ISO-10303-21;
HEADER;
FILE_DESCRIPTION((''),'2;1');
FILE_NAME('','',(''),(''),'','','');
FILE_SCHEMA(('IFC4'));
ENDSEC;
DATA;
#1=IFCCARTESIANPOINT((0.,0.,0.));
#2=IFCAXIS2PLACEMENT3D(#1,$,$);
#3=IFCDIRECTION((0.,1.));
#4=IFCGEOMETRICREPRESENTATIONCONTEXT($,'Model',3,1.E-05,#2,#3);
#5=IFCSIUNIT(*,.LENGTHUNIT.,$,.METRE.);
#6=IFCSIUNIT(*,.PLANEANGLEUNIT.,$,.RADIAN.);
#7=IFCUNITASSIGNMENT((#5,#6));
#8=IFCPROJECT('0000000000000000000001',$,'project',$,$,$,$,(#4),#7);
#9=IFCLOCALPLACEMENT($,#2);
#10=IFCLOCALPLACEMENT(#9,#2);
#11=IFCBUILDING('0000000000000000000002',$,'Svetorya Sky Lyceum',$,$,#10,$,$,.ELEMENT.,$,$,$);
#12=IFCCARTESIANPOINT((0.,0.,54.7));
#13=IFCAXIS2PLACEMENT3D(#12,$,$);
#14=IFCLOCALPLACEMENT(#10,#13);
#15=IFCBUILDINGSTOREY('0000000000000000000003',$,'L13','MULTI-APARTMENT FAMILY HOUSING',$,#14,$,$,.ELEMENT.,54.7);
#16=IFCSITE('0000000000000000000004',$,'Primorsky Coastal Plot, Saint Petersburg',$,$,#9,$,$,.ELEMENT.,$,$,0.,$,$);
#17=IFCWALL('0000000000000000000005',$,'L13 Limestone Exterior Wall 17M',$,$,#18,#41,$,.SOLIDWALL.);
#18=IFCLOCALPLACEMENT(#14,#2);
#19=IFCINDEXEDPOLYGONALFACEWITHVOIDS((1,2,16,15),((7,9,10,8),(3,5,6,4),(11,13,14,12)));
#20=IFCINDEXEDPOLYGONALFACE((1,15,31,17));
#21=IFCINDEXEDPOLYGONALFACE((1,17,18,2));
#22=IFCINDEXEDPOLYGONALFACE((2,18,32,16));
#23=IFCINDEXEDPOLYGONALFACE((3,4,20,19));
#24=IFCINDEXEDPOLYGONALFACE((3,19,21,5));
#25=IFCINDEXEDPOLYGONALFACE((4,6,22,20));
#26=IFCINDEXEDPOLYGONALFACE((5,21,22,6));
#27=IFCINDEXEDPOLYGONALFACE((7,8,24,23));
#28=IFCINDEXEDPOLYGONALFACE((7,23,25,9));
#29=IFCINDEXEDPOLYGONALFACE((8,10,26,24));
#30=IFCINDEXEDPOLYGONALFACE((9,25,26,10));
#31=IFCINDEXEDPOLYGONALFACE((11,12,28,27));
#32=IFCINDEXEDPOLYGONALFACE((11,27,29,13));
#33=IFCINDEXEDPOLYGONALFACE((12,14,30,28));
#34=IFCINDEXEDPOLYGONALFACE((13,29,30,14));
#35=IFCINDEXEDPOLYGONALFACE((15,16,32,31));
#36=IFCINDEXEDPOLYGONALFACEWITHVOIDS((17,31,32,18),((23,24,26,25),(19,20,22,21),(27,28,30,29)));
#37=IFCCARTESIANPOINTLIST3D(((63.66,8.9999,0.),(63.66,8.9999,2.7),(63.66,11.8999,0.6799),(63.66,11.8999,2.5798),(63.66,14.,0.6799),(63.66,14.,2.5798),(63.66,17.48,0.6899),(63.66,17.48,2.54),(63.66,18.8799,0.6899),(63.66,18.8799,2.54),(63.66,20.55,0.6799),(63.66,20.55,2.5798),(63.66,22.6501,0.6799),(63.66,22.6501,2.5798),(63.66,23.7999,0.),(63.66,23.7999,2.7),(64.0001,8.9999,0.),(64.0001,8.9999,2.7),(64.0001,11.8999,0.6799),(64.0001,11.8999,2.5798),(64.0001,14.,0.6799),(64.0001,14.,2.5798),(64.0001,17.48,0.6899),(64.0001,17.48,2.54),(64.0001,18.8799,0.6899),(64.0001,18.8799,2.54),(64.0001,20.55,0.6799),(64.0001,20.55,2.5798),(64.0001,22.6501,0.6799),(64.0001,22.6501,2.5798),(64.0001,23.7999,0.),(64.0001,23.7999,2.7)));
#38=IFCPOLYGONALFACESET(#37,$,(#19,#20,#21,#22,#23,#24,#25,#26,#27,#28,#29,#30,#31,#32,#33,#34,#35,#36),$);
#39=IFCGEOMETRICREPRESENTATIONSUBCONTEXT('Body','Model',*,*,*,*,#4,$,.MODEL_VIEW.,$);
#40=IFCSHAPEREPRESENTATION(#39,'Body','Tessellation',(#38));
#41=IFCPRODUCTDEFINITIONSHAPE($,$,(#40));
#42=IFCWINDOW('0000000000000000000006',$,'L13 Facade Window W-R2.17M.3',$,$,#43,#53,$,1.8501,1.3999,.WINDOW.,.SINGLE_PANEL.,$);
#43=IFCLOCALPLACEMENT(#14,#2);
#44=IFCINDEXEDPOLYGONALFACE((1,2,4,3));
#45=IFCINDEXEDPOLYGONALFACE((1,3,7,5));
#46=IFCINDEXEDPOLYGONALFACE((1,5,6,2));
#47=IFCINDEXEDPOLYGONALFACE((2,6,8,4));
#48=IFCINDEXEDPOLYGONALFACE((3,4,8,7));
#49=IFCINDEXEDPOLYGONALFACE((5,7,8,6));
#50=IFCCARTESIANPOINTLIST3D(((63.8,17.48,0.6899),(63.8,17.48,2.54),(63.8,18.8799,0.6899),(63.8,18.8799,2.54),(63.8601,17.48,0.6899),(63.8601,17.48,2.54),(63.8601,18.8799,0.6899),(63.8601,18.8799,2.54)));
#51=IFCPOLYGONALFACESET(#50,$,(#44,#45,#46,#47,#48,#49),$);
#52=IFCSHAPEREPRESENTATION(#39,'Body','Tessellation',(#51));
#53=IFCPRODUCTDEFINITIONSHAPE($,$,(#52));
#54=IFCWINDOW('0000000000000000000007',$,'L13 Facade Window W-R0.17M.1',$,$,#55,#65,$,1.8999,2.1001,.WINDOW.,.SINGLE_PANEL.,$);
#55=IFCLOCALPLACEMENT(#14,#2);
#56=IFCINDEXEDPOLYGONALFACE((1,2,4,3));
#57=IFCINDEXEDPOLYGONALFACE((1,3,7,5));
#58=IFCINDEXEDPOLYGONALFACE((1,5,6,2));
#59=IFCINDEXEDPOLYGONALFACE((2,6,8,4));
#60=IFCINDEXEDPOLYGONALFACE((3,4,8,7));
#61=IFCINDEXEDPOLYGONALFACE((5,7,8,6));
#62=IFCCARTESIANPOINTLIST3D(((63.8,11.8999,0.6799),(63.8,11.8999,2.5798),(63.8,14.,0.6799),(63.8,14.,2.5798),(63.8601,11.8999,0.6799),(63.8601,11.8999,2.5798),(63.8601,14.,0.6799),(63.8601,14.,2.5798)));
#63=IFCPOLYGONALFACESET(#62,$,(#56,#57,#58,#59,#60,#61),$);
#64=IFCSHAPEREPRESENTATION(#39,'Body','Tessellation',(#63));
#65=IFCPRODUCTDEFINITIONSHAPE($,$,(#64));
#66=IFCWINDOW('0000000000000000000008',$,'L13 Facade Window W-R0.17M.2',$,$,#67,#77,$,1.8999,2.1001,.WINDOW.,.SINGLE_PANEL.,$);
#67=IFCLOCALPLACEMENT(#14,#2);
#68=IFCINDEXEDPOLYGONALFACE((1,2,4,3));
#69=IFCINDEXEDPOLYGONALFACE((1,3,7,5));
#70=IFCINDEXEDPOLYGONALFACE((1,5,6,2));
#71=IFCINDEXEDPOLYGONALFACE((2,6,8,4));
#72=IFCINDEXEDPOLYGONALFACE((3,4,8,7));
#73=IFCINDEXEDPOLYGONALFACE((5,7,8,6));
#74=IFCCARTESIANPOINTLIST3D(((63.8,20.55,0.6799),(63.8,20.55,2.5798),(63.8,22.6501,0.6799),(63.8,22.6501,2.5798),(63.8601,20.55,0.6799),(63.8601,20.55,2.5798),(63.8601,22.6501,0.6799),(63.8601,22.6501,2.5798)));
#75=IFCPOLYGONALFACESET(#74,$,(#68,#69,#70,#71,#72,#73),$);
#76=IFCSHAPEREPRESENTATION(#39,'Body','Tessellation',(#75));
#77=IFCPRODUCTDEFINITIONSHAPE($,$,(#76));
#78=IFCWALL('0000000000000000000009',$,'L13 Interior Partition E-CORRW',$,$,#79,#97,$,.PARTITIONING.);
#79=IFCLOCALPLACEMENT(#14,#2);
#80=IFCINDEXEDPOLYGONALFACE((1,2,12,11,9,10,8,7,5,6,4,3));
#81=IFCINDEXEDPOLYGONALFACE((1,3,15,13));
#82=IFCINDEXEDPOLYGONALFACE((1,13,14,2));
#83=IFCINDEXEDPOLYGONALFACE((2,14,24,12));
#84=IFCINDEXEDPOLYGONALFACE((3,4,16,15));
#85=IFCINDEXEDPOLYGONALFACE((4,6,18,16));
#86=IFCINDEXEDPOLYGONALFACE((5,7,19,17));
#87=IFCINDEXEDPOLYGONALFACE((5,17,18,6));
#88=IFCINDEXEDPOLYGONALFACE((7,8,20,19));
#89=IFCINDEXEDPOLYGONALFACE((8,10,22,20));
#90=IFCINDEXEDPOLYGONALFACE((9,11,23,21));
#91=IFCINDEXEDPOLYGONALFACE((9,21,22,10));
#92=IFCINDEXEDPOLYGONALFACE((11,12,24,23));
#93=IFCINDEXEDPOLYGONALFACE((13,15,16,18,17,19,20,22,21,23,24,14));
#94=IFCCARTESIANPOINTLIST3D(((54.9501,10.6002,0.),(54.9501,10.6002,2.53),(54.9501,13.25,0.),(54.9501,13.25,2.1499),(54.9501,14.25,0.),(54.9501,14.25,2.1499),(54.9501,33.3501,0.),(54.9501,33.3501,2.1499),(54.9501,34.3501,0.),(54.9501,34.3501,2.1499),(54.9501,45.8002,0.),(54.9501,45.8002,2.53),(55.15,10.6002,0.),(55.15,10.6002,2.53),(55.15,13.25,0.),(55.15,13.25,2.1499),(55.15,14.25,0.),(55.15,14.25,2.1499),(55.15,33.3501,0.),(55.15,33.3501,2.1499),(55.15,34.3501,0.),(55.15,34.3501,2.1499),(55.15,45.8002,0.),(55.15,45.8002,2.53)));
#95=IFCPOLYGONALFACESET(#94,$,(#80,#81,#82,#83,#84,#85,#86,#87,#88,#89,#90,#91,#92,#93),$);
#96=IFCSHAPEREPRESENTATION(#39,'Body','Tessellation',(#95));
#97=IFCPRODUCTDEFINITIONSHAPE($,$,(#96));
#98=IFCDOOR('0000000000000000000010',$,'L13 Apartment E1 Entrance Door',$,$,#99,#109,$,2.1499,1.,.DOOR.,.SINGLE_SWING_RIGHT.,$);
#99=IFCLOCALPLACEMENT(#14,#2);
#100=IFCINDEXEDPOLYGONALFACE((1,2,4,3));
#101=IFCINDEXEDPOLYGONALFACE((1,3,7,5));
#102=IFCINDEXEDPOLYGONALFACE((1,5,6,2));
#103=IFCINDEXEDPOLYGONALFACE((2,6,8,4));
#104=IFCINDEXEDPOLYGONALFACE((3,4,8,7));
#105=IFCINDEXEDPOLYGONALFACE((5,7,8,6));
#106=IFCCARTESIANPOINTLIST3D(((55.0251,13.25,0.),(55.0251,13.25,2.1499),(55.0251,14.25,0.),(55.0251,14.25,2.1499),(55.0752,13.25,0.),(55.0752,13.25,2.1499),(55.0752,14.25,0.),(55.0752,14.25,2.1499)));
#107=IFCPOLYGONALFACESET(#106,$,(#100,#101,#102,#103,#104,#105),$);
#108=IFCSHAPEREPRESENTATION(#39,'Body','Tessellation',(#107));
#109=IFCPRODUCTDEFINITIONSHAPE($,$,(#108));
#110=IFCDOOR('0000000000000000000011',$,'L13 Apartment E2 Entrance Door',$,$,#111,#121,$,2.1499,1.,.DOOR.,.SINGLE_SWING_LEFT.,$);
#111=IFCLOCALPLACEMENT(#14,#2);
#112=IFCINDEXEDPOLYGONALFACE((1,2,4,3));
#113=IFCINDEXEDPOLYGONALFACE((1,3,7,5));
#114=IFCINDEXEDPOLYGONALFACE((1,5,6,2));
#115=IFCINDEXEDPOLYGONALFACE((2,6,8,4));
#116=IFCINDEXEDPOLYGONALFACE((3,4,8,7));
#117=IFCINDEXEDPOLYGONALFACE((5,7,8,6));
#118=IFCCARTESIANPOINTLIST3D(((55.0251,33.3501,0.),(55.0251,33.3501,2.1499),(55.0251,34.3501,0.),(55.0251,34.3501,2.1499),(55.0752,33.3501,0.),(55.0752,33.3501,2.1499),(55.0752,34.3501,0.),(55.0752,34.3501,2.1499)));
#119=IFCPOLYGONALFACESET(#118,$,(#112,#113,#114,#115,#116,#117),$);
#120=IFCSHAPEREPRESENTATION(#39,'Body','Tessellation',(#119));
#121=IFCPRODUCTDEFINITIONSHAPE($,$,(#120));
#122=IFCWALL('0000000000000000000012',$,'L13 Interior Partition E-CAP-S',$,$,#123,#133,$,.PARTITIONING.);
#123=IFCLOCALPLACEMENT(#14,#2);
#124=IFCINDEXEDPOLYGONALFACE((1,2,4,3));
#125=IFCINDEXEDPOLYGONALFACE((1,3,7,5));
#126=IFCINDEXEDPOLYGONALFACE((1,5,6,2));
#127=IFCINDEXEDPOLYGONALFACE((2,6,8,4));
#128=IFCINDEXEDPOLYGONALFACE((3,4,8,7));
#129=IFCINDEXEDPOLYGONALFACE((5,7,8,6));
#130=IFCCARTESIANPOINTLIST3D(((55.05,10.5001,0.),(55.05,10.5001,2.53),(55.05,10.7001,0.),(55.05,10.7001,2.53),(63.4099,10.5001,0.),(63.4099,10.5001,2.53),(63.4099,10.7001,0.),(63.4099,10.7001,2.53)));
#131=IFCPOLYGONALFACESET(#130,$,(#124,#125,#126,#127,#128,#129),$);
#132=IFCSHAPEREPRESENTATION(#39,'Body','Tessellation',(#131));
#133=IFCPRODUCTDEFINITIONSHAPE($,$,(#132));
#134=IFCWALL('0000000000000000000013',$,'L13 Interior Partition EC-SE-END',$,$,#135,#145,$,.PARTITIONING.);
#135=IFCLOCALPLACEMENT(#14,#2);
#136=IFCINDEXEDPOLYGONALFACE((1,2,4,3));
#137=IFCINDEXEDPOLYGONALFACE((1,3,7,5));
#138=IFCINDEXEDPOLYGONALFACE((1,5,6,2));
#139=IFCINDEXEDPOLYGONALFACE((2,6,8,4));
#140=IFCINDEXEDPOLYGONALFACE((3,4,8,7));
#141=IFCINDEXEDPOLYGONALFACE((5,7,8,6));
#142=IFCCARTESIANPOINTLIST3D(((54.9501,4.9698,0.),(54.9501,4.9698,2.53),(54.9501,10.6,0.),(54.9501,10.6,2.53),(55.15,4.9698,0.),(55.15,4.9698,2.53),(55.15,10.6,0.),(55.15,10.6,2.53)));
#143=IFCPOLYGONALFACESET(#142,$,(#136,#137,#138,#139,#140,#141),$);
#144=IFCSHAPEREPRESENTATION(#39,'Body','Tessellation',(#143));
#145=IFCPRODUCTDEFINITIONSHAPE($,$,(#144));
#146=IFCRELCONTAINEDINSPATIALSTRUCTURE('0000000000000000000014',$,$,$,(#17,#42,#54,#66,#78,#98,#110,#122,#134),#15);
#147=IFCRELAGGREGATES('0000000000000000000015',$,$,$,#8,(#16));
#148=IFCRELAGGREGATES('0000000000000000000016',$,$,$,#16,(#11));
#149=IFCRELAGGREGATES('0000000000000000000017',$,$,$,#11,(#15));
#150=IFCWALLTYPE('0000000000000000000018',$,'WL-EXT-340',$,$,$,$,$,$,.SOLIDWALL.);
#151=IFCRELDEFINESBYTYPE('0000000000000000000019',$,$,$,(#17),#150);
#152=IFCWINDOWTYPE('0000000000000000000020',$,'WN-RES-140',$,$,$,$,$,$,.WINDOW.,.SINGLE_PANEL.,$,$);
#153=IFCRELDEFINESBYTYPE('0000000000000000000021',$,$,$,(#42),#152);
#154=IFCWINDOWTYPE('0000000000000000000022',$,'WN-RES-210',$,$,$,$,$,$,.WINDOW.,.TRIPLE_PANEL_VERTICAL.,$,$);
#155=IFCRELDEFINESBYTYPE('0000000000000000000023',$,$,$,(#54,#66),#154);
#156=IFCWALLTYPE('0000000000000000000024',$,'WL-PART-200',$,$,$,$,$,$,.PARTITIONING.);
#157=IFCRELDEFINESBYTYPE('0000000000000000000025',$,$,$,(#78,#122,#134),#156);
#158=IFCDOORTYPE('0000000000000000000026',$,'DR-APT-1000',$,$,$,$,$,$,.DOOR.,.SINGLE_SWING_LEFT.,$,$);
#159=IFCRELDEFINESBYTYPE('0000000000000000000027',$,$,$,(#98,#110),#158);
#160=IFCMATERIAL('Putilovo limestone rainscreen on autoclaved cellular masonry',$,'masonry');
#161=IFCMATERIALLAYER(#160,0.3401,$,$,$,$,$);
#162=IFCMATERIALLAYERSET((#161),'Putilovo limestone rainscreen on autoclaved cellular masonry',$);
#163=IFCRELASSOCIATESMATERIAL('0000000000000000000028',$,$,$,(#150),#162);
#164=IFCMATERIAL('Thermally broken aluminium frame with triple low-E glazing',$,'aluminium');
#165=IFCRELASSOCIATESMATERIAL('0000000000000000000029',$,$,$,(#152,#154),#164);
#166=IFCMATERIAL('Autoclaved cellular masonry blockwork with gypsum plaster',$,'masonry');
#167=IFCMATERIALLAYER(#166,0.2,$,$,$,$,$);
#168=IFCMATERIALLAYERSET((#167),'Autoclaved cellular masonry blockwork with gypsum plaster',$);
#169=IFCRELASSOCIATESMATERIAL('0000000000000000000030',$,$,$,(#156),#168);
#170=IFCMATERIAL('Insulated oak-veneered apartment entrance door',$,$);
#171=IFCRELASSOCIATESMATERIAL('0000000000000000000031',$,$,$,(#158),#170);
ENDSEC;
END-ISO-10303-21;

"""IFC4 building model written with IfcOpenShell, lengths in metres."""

from ifc_helpers import new_model, si_unit, direction, frame, frame_2d, origin, place, context, subcontext, project, spatial, rectangle, extrude, material, layer, layer_set, type_object, element, fill, save


model = new_model("IFC4")

# Units and contexts
model_context = context("Model", 3, precision=1e-05, world=origin(), true_north=direction((0.0, 1.0)))
body_context = subcontext(model_context, "Body", "Model", "MODEL_VIEW")
ifc_project = project(units=[si_unit("LENGTHUNIT", "METRE"), si_unit("PLANEANGLEUNIT", "RADIAN")], contexts=[model_context])

# Site, building, storey
site_placement = place(None, origin())
site = spatial("IfcSite", under=ifc_project, at=site_placement, Name="Primorsky Coastal Plot, Saint Petersburg", CompositionType="ELEMENT", RefElevation=0.0)
building_placement = place(site_placement, origin())
building = spatial("IfcBuilding", under=site, at=building_placement, Name="Svetorya Sky Lyceum", CompositionType="ELEMENT")
storey_placement = place(building_placement, frame((0.0, 0.0, 54.7)))
storey = spatial("IfcBuildingStorey", under=building, at=storey_placement, Name="L13", Description="MULTI-APARTMENT FAMILY HOUSING", CompositionType="ELEMENT", Elevation=54.7)

# Shared definitions
ifc_material_1 = material(Name="Putilovo limestone rainscreen on autoclaved cellular masonry", Category="masonry")
ifc_layer_1 = layer(ifc_material_1, 0.3401)
ifc_layer_set_1 = layer_set([ifc_layer_1], Name="Putilovo limestone rainscreen on autoclaved cellular masonry")
wall_type_1 = type_object("IfcWallType", Name="WL-EXT-340", PredefinedType="SOLIDWALL", material=ifc_layer_set_1)

# Wall, openings, windows
wall_1_placement = place(storey_placement, frame((63.8301, 9.0, 0.0), z_axis=(0.0, 0.0, 1.0), x_axis=(0.0, 1.0, 0.0)))
wall_1 = element("IfcWall", 1, at=wall_1_placement, inside=storey, type_object=wall_type_1, Name="L13 Limestone Exterior Wall 17M", PredefinedType="SOLIDWALL", context=body_context, shape_type="SweptSolid", body=[
    extrude(rectangle(XDim=14.8, YDim=0.3401, at=frame_2d((7.3999, 0.0))), origin(), (0.0, 0.0, 1.0), 2.7),
])
opening_1_placement = place(wall_1_placement, frame((2.8999, 0.0, 0.6799)))
opening_1 = element("IfcOpeningElement", 2, at=opening_1_placement, cuts=wall_1, PredefinedType="OPENING", context=body_context, shape_type="SweptSolid", body=[
    extrude(rectangle(XDim=2.1001, YDim=1.8999, at=frame_2d((1.05, 0.95))), frame((0.0, 0.1799, 0.0), z_axis=(0.0, -1.0, 0.0), x_axis=(1.0, 0.0, 0.0)), (0.0, 0.0, 1.0), 0.3601),
])
opening_2_placement = place(wall_1_placement, frame((8.48, 0.0, 0.6899)))
opening_2 = element("IfcOpeningElement", 3, at=opening_2_placement, cuts=wall_1, PredefinedType="OPENING", context=body_context, shape_type="SweptSolid", body=[
    extrude(rectangle(XDim=1.3999, YDim=1.8501, at=frame_2d((0.7, 0.925))), frame((0.0, 0.1799, 0.0), z_axis=(0.0, -1.0, 0.0), x_axis=(1.0, 0.0, 0.0)), (0.0, 0.0, 1.0), 0.3601),
])
opening_3_placement = place(wall_1_placement, frame((11.55, 0.0, 0.6799)))
opening_3 = element("IfcOpeningElement", 4, at=opening_3_placement, cuts=wall_1, PredefinedType="OPENING", context=body_context, shape_type="SweptSolid", body=[
    extrude(rectangle(XDim=2.1001, YDim=1.8999, at=frame_2d((1.05, 0.95))), frame((0.0, 0.1799, 0.0), z_axis=(0.0, -1.0, 0.0), x_axis=(1.0, 0.0, 0.0)), (0.0, 0.0, 1.0), 0.3601),
])
ifc_material_2 = material(Name="Thermally broken aluminium frame with triple low-E glazing", Category="aluminium")
window_type_1 = type_object("IfcWindowType", Name="WN-RES-140", PartitioningType="SINGLE_PANEL", PredefinedType="WINDOW", material=ifc_material_2)
window_1_placement = place(opening_2_placement, origin())
window_1 = element("IfcWindow", 5, at=window_1_placement, inside=storey, type_object=window_type_1, Name="L13 Facade Window W-R2.17M.3", OverallHeight=1.8501, OverallWidth=1.3999, PartitioningType="SINGLE_PANEL", PredefinedType="WINDOW", context=body_context, shape_type="SweptSolid", body=[
    extrude(rectangle(XDim=1.3999, YDim=1.8501, at=frame_2d((0.7, 0.925))), frame((0.0, 0.03, 0.0), z_axis=(0.0, -1.0, 0.0), x_axis=(1.0, 0.0, 0.0)), (0.0, 0.0, 1.0), 0.0601),
])
fill(opening_2, window_1)
window_type_2 = type_object("IfcWindowType", Name="WN-RES-210", PartitioningType="TRIPLE_PANEL_VERTICAL", PredefinedType="WINDOW", material=ifc_material_2)
window_2_placement = place(opening_1_placement, origin())
window_2 = element("IfcWindow", 6, at=window_2_placement, inside=storey, type_object=window_type_2, Name="L13 Facade Window W-R0.17M.1", OverallHeight=1.8999, OverallWidth=2.1001, PartitioningType="SINGLE_PANEL", PredefinedType="WINDOW", context=body_context, shape_type="SweptSolid", body=[
    extrude(rectangle(XDim=2.1001, YDim=1.8999, at=frame_2d((1.05, 0.95))), frame((0.0, 0.03, 0.0), z_axis=(0.0, -1.0, 0.0), x_axis=(1.0, 0.0, 0.0)), (0.0, 0.0, 1.0), 0.0601),
])
fill(opening_1, window_2)
window_3_placement = place(opening_3_placement, origin())
window_3 = element("IfcWindow", 7, at=window_3_placement, inside=storey, type_object=window_type_2, Name="L13 Facade Window W-R0.17M.2", OverallHeight=1.8999, OverallWidth=2.1001, PartitioningType="SINGLE_PANEL", PredefinedType="WINDOW", context=body_context, shape_type="SweptSolid", body=[
    extrude(rectangle(XDim=2.1001, YDim=1.8999, at=frame_2d((1.05, 0.95))), frame((0.0, 0.03, 0.0), z_axis=(0.0, -1.0, 0.0), x_axis=(1.0, 0.0, 0.0)), (0.0, 0.0, 1.0), 0.0601),
])
fill(opening_3, window_3)

# Wall, openings, doors
ifc_material_3 = material(Name="Autoclaved cellular masonry blockwork with gypsum plaster", Category="masonry")
ifc_layer_2 = layer(ifc_material_3, 0.2)
ifc_layer_set_2 = layer_set([ifc_layer_2], Name="Autoclaved cellular masonry blockwork with gypsum plaster")
wall_type_2 = type_object("IfcWallType", Name="WL-PART-200", PredefinedType="PARTITIONING", material=ifc_layer_set_2)
wall_2_placement = place(storey_placement, frame((55.05, 10.6001, 0.0), z_axis=(0.0, 0.0, 1.0), x_axis=(0.0, 1.0, 0.0)))
wall_2 = element("IfcWall", 8, at=wall_2_placement, inside=storey, type_object=wall_type_2, Name="L13 Interior Partition E-CORRW", PredefinedType="PARTITIONING", context=body_context, shape_type="SweptSolid", body=[
    extrude(rectangle(XDim=35.2, YDim=0.2, at=frame_2d((17.6001, 0.0))), origin(), (0.0, 0.0, 1.0), 2.53),
])
opening_4_placement = place(wall_2_placement, frame((2.6499, 0.0, 0.0)))
opening_4 = element("IfcOpeningElement", 9, at=opening_4_placement, cuts=wall_2, PredefinedType="OPENING", context=body_context, shape_type="SweptSolid", body=[
    extrude(rectangle(XDim=1.0, YDim=2.1499, at=frame_2d((0.5, 1.075))), frame((0.0, 0.1099, 0.0), z_axis=(0.0, -1.0, 0.0), x_axis=(1.0, 0.0, 0.0)), (0.0, 0.0, 1.0), 0.22),
])
opening_5_placement = place(wall_2_placement, frame((22.75, 0.0, 0.0)))
opening_5 = element("IfcOpeningElement", 10, at=opening_5_placement, cuts=wall_2, PredefinedType="OPENING", context=body_context, shape_type="SweptSolid", body=[
    extrude(rectangle(XDim=1.0, YDim=2.1499, at=frame_2d((0.5, 1.075))), frame((0.0, 0.1099, 0.0), z_axis=(0.0, -1.0, 0.0), x_axis=(1.0, 0.0, 0.0)), (0.0, 0.0, 1.0), 0.22),
])
ifc_material_4 = material(Name="Insulated oak-veneered apartment entrance door")
door_type_1 = type_object("IfcDoorType", Name="DR-APT-1000", OperationType="SINGLE_SWING_LEFT", PredefinedType="DOOR", material=ifc_material_4)
door_1_placement = place(opening_4_placement, origin())
door_1 = element("IfcDoor", 11, at=door_1_placement, inside=storey, type_object=door_type_1, Name="L13 Apartment E1 Entrance Door", OperationType="SINGLE_SWING_RIGHT", OverallHeight=2.1499, OverallWidth=1.0, PredefinedType="DOOR", context=body_context, shape_type="SweptSolid", body=[
    extrude(rectangle(XDim=1.0, YDim=2.1499, at=frame_2d((0.5, 1.075))), frame((0.0, 0.0249, 0.0), z_axis=(0.0, -1.0, 0.0), x_axis=(1.0, 0.0, 0.0)), (0.0, 0.0, 1.0), 0.05),
])
fill(opening_4, door_1)
door_2_placement = place(opening_5_placement, origin())
door_2 = element("IfcDoor", 12, at=door_2_placement, inside=storey, type_object=door_type_1, Name="L13 Apartment E2 Entrance Door", OperationType="SINGLE_SWING_LEFT", OverallHeight=2.1499, OverallWidth=1.0, PredefinedType="DOOR", context=body_context, shape_type="SweptSolid", body=[
    extrude(rectangle(XDim=1.0, YDim=2.1499, at=frame_2d((0.5, 1.075))), frame((0.0, 0.0249, 0.0), z_axis=(0.0, -1.0, 0.0), x_axis=(1.0, 0.0, 0.0)), (0.0, 0.0, 1.0), 0.05),
])
fill(opening_5, door_2)

# Walls
wall_3_placement = place(storey_placement, frame((55.05, 10.6001, 0.0), z_axis=(0.0, 0.0, 1.0), x_axis=(1.0, 0.0, 0.0)))
element("IfcWall", 13, at=wall_3_placement, inside=storey, type_object=wall_type_2, Name="L13 Interior Partition E-CAP-S", PredefinedType="PARTITIONING", context=body_context, shape_type="SweptSolid", body=[
    extrude(rectangle(XDim=8.3599, YDim=0.2, at=frame_2d((4.1799, 0.0))), origin(), (0.0, 0.0, 1.0), 2.53),
])
wall_4_placement = place(storey_placement, frame((55.05, 4.97, 0.0), z_axis=(0.0, 0.0, 1.0), x_axis=(0.0, 1.0, 0.0)))
element("IfcWall", 14, at=wall_4_placement, inside=storey, type_object=wall_type_2, Name="L13 Interior Partition EC-SE-END", PredefinedType="PARTITIONING", context=body_context, shape_type="SweptSolid", body=[
    extrude(rectangle(XDim=5.6301, YDim=0.2, at=frame_2d((2.8149, 0.0))), origin(), (0.0, 0.0, 1.0), 2.53),
])

save(model, "model.ifc")
